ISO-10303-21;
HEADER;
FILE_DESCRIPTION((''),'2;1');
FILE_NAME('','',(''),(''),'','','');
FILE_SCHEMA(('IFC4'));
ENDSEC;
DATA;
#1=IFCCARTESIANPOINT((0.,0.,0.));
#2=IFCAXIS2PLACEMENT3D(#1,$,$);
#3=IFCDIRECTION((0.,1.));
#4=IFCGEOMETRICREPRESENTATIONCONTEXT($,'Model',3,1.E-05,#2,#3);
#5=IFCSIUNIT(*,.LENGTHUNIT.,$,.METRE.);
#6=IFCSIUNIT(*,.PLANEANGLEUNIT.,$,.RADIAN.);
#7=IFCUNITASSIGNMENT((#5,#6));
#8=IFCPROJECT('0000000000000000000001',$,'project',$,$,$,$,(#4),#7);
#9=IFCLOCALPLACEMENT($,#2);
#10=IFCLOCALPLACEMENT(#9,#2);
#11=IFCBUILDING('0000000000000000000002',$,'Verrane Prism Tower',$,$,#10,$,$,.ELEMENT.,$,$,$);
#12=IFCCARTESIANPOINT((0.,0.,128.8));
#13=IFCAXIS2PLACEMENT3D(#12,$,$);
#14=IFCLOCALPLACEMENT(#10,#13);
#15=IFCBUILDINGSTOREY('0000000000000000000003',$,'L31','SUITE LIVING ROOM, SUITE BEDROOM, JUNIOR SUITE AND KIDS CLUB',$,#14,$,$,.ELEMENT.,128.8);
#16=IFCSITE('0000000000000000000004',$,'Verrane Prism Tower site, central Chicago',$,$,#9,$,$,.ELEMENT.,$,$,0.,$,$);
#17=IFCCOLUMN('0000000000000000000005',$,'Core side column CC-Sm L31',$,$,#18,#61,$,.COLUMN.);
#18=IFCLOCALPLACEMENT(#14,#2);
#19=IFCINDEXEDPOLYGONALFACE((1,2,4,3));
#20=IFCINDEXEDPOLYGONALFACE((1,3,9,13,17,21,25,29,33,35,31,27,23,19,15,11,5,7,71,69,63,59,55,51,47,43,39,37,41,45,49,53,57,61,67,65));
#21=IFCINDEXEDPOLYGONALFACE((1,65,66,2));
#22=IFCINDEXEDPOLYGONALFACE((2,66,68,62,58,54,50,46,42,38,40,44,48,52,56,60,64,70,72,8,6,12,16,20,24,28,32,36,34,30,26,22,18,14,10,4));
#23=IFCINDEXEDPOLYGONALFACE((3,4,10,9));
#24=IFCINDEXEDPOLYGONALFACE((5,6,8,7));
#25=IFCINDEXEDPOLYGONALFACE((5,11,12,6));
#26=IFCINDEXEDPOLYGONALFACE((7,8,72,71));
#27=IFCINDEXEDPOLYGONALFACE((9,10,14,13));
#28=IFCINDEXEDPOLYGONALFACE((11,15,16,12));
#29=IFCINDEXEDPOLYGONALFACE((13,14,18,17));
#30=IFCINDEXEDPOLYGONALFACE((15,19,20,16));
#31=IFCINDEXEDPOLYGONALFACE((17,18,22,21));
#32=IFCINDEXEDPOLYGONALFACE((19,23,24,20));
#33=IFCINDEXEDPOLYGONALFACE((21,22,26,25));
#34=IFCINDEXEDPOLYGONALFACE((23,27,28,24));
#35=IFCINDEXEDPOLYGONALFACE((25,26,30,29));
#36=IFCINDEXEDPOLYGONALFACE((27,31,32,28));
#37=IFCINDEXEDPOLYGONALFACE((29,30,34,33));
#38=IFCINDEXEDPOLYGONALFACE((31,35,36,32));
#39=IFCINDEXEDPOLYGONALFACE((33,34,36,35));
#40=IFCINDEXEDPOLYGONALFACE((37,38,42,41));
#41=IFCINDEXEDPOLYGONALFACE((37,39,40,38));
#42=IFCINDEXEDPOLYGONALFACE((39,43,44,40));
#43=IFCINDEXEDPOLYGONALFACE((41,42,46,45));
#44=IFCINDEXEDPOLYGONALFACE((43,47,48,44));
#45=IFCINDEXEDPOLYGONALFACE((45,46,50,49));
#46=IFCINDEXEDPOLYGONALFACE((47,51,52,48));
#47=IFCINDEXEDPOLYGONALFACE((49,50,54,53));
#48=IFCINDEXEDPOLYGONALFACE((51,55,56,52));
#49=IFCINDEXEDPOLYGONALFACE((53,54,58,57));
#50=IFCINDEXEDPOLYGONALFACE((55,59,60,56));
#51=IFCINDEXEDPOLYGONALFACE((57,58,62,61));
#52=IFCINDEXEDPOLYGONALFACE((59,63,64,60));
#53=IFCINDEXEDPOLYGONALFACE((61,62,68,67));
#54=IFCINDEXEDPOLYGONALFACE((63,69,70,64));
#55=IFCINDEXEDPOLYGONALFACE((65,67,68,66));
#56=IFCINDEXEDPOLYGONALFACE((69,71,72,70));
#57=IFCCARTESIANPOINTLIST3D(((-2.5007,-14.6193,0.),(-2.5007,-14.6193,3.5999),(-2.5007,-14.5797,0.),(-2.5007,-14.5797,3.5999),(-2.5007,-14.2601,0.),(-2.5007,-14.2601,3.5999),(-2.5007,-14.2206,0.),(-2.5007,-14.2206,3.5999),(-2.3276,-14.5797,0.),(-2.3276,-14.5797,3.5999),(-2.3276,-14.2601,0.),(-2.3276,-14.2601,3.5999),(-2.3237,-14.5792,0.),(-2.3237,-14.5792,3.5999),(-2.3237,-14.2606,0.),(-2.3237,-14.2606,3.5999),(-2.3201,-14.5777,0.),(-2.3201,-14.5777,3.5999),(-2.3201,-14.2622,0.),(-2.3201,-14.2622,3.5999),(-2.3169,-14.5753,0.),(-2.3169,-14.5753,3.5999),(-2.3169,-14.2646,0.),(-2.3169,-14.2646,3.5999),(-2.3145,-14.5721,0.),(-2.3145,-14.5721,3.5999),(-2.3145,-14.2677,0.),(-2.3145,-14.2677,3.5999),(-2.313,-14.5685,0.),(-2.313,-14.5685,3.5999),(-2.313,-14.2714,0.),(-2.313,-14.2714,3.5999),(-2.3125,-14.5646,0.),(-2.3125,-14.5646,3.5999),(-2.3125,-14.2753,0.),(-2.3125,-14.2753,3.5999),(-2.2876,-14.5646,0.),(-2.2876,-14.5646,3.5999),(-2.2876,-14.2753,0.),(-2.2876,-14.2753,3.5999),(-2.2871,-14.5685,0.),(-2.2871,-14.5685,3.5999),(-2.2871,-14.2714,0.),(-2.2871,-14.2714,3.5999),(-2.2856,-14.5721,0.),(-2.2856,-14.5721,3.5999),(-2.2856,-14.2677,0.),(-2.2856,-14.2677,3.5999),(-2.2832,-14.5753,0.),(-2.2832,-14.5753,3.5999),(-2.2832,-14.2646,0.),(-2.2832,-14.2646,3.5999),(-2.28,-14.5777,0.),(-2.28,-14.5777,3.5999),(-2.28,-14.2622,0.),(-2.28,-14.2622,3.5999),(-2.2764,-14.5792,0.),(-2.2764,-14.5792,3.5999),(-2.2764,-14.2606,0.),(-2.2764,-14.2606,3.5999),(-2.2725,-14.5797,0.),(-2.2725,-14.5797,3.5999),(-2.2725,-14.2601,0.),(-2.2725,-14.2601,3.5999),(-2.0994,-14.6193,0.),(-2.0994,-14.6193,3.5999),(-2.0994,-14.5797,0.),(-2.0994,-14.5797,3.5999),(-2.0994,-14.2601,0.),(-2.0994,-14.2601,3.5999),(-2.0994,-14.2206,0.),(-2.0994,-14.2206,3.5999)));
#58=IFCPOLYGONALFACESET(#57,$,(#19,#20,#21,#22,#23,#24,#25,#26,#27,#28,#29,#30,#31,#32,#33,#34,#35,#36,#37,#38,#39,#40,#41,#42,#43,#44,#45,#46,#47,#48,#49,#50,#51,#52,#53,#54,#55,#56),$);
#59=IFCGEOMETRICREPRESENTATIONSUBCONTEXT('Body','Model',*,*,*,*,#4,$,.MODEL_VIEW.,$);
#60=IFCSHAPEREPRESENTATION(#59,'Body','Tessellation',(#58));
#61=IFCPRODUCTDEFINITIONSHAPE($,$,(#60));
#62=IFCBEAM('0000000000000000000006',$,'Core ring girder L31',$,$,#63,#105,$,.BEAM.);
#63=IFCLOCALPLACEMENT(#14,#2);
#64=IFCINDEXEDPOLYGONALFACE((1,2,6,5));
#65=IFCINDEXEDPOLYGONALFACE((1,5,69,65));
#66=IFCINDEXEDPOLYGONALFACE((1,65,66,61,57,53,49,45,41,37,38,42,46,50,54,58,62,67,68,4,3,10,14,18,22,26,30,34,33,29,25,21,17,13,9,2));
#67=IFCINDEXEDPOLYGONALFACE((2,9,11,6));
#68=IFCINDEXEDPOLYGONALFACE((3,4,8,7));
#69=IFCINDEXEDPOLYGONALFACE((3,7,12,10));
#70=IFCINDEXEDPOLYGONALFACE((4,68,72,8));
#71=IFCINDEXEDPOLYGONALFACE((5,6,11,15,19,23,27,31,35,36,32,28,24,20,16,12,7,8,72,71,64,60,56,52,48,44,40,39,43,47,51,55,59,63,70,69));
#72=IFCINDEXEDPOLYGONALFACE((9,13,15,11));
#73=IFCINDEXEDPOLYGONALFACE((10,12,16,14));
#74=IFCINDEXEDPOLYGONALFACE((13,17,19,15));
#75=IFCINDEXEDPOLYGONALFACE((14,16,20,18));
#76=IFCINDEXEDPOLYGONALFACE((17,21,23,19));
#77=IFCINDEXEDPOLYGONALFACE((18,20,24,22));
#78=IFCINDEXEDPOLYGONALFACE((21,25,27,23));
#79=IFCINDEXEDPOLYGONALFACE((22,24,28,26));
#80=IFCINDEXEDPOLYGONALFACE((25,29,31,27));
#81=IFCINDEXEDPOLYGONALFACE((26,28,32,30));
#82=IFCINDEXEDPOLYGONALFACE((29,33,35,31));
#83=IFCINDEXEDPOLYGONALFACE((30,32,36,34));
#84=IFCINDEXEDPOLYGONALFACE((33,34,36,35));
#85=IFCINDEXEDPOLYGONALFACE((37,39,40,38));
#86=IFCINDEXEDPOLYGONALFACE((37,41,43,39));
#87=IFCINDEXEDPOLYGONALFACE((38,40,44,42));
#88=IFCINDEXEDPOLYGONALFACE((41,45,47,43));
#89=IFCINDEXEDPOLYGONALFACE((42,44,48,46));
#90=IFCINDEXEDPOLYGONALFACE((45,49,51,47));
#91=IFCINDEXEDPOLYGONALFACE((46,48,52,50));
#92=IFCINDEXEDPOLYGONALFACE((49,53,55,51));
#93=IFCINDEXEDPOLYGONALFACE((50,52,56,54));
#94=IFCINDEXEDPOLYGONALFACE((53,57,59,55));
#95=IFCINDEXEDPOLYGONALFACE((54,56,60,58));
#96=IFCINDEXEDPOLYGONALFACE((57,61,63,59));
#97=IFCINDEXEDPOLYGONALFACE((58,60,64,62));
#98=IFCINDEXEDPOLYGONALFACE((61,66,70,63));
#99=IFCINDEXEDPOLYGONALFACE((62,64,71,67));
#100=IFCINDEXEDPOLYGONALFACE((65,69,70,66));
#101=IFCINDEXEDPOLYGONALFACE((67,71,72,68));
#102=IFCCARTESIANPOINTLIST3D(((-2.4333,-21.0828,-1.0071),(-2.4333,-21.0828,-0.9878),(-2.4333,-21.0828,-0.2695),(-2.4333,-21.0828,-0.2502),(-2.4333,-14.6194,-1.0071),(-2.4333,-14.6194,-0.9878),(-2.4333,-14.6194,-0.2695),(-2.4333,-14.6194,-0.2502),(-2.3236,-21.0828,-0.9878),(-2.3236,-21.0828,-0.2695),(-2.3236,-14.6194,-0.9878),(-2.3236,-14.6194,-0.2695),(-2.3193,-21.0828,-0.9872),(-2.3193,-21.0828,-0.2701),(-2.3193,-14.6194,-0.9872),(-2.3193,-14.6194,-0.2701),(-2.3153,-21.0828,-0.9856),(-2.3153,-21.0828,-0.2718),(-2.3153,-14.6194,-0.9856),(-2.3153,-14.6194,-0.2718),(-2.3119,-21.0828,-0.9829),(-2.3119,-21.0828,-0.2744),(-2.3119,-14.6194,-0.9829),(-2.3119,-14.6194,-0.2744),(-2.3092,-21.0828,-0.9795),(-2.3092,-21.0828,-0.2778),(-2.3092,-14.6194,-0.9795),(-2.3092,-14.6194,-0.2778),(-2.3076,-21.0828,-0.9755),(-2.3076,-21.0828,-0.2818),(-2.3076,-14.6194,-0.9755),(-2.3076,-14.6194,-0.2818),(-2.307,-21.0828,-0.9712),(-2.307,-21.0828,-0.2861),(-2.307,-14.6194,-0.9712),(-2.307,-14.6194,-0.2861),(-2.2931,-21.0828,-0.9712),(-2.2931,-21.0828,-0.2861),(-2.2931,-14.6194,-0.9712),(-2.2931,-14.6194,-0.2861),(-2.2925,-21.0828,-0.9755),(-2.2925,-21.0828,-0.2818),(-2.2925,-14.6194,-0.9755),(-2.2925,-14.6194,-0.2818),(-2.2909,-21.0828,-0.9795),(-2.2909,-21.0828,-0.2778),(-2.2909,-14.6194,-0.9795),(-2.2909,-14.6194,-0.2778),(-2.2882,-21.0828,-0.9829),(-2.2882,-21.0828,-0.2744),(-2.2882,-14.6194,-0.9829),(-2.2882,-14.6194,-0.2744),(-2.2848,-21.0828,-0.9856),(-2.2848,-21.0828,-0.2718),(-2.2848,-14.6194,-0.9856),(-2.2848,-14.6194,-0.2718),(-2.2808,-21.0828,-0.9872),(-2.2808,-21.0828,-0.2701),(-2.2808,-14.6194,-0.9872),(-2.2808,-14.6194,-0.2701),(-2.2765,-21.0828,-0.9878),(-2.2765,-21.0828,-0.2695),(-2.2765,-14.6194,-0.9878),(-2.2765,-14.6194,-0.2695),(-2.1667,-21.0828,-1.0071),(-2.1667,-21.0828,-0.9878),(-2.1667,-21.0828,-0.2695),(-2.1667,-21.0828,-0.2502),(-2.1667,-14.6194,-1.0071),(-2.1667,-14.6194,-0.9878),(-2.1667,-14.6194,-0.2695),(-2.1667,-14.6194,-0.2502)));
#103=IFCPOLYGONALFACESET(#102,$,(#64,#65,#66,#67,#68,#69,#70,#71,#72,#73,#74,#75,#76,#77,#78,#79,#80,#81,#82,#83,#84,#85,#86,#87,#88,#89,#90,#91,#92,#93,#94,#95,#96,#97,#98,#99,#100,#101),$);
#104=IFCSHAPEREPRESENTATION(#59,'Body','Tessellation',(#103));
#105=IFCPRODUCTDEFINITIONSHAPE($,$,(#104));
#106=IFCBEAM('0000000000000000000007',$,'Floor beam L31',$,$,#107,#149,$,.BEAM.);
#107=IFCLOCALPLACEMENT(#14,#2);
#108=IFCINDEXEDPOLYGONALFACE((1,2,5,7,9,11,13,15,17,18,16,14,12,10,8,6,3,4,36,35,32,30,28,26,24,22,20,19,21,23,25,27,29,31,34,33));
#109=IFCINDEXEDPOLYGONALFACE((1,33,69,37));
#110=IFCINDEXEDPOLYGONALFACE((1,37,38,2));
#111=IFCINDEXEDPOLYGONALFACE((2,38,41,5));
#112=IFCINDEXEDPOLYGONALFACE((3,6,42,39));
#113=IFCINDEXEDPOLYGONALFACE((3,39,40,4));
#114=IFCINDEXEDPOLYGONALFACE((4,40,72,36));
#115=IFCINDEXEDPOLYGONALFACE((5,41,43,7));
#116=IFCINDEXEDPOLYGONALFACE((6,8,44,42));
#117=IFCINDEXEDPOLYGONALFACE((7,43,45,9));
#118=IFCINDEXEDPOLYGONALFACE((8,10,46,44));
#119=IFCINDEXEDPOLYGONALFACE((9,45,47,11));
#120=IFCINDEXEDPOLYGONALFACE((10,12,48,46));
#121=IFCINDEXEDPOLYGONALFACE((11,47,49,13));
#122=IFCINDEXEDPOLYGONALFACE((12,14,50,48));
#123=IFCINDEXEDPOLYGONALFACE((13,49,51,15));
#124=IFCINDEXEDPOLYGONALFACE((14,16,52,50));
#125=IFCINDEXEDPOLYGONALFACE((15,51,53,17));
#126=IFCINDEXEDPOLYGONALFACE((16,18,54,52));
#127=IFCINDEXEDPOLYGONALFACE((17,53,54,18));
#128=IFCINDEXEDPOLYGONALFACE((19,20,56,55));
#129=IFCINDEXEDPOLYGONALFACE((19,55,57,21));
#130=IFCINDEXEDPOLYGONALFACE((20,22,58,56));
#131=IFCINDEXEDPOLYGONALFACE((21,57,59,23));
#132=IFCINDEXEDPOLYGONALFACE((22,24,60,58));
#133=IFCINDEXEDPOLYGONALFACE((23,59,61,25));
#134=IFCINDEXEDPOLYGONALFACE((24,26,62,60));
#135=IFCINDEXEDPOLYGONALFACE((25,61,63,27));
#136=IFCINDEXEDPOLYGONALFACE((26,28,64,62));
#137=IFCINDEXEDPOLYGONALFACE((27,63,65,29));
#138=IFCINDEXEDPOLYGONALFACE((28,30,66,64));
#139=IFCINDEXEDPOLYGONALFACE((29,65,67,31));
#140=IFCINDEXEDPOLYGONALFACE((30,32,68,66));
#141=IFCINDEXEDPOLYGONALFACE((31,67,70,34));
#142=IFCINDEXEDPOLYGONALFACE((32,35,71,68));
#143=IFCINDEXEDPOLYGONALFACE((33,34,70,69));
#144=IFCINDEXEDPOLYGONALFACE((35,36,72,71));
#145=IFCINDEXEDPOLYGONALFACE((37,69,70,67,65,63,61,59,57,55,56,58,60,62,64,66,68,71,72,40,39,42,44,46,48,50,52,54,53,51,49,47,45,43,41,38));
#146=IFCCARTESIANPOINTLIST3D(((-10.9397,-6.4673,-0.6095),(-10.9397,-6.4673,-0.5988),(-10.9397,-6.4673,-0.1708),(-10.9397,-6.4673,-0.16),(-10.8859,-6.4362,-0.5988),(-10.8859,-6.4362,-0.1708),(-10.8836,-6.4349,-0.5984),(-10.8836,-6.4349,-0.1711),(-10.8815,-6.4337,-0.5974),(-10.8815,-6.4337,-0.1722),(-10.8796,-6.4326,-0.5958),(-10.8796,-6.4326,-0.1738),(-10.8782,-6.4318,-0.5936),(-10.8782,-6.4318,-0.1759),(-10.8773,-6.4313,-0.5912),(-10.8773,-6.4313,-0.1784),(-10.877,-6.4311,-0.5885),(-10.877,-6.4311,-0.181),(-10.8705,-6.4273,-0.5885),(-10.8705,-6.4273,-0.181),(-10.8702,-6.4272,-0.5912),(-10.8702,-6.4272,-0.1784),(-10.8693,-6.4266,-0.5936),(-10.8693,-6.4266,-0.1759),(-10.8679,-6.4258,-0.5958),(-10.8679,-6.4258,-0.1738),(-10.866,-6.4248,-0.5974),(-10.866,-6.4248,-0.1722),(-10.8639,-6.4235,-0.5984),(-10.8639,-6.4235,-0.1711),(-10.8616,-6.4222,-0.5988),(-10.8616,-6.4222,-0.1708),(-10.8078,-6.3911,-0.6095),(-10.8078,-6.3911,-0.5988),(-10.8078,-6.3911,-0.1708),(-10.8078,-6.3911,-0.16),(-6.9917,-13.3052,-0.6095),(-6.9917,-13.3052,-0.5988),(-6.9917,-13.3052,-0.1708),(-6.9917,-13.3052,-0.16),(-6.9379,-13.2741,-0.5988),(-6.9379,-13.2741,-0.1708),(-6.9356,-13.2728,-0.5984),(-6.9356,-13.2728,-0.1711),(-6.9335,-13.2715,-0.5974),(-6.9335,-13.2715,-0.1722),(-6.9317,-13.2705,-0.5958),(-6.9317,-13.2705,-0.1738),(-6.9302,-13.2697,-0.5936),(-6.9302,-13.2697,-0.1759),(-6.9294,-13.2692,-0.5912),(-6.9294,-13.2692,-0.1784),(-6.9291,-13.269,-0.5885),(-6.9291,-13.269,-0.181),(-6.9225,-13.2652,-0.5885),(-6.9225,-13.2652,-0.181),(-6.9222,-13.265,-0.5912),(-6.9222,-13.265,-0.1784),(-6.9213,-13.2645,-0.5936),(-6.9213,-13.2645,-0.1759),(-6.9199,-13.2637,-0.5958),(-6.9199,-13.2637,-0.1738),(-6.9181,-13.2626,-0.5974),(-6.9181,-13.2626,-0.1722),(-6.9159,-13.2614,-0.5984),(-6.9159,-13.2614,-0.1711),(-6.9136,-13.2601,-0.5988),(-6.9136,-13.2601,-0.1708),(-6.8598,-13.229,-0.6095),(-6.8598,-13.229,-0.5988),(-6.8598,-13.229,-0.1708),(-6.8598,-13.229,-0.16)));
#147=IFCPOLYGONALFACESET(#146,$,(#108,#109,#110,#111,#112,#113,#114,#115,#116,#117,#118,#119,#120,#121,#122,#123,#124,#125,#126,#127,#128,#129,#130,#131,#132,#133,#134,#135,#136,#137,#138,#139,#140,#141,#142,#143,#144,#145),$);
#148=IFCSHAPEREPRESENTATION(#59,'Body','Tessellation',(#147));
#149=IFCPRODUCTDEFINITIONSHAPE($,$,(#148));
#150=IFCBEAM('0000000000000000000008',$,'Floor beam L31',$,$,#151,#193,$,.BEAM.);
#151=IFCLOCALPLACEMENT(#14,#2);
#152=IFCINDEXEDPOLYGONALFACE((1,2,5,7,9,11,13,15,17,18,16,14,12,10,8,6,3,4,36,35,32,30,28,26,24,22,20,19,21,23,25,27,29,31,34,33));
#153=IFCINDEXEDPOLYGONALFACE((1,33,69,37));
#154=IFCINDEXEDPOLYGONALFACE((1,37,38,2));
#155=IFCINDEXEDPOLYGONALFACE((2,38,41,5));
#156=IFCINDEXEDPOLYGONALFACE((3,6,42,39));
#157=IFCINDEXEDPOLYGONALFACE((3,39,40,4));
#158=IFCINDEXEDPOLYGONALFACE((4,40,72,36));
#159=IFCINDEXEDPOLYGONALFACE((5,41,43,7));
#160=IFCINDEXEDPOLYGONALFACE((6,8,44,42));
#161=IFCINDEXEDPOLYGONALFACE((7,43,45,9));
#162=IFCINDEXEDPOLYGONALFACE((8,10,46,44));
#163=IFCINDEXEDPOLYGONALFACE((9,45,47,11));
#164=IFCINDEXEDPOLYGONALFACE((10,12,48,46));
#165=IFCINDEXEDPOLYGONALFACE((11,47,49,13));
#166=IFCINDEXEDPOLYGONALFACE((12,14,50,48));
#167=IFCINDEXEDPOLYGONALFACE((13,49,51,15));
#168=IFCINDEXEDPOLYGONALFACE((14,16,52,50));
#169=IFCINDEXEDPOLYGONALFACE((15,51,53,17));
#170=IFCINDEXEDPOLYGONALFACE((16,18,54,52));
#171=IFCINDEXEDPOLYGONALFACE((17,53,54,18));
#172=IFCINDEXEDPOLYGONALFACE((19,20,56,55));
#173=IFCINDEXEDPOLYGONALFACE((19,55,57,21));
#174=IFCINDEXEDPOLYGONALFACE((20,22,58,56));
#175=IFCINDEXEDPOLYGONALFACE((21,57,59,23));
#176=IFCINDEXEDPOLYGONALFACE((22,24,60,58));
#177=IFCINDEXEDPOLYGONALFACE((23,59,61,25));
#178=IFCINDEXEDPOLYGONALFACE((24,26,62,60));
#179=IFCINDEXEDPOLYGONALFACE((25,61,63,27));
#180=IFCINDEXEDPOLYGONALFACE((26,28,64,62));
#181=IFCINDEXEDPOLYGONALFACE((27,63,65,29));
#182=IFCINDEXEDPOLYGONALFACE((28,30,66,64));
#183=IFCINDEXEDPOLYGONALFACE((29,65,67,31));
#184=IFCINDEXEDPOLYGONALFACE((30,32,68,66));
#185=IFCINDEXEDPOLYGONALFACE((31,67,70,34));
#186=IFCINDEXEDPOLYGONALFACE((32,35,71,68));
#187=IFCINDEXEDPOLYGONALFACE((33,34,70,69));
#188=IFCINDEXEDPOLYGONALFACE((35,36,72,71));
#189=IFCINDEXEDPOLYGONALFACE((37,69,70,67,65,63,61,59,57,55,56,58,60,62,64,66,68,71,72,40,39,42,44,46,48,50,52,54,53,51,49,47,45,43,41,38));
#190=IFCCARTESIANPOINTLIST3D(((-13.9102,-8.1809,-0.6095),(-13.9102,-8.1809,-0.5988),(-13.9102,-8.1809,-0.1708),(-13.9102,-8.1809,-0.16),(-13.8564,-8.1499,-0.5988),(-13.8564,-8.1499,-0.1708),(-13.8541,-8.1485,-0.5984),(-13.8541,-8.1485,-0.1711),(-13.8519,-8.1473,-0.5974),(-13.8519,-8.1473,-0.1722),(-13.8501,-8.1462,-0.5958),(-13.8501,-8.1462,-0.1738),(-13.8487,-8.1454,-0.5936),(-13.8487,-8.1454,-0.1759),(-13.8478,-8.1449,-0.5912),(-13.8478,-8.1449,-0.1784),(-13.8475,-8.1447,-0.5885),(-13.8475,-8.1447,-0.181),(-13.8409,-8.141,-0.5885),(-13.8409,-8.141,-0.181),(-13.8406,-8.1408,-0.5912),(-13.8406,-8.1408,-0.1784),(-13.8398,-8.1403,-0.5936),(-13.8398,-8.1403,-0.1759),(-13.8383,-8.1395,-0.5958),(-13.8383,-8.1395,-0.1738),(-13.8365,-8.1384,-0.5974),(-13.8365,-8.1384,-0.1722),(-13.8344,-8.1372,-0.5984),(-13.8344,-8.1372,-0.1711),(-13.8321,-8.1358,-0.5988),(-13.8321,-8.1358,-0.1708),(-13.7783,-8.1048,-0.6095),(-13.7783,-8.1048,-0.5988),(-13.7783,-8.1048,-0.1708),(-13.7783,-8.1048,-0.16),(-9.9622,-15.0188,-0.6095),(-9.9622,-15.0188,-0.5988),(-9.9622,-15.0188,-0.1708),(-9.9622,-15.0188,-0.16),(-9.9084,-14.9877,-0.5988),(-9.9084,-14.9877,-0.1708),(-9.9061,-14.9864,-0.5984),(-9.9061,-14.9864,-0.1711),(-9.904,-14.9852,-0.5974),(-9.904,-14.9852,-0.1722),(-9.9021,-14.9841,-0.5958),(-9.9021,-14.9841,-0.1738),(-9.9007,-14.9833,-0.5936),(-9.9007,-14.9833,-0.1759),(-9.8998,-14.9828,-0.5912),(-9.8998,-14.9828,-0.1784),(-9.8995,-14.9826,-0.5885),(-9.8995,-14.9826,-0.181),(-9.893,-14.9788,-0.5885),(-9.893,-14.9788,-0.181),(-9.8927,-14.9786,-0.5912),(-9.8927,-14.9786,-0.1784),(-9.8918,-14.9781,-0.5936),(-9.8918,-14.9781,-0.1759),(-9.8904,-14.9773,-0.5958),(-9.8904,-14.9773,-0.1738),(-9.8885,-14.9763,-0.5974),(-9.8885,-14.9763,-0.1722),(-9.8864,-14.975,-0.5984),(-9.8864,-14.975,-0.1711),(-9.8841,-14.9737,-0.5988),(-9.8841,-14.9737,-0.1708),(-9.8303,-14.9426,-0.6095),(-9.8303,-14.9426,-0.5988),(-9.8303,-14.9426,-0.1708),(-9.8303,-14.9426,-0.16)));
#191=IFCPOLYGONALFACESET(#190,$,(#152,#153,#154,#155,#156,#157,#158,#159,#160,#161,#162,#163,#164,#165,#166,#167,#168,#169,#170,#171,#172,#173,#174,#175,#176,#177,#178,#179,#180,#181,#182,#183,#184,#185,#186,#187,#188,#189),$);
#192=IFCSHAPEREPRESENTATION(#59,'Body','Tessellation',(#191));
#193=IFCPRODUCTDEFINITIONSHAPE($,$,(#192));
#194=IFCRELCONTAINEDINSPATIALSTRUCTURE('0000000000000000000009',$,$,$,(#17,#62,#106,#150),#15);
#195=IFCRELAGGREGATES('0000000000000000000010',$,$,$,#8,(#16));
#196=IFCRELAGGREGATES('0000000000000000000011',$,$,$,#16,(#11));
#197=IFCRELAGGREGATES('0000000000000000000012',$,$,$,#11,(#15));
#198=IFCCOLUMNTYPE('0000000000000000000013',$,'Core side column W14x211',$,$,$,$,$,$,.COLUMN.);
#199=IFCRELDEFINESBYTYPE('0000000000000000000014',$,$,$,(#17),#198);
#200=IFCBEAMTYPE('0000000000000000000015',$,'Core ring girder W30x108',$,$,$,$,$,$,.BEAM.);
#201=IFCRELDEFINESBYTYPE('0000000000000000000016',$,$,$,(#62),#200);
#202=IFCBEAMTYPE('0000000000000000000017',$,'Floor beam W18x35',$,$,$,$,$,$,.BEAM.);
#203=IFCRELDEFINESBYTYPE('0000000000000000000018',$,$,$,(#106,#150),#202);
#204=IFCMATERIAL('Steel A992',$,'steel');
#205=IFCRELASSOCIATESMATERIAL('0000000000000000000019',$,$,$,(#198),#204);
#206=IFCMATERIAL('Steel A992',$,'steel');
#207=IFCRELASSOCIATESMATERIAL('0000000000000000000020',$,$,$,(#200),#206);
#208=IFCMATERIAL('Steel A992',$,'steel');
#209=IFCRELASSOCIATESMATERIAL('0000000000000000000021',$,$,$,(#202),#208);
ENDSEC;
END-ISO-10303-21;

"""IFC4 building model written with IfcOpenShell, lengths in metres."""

from ifc_helpers import new_model, si_unit, direction, frame, origin, origin_2d, place, context, subcontext, project, spatial, i_section, extrude, material, material_profile, profile_set, type_object, element, save


model = new_model("IFC4")

# Units and contexts
model_context = context("Model", 3, precision=1e-05, world=origin(), true_north=direction((0.0, 1.0)))
body_context = subcontext(model_context, "Body", "Model", "MODEL_VIEW")
ifc_project = project(units=[si_unit("LENGTHUNIT", "METRE"), si_unit("PLANEANGLEUNIT", "RADIAN")], contexts=[model_context])

# Site, building, storey
site_placement = place(None, origin())
site = spatial("IfcSite", under=ifc_project, at=site_placement, Name="Verrane Prism Tower site, central Chicago", CompositionType="ELEMENT", RefElevation=0.0)
building_placement = place(site_placement, origin())
building = spatial("IfcBuilding", under=site, at=building_placement, Name="Verrane Prism Tower", CompositionType="ELEMENT")
storey_placement = place(building_placement, frame((0.0, 0.0, 128.8)))
storey = spatial("IfcBuildingStorey", under=building, at=storey_placement, Name="L31", Description="SUITE LIVING ROOM, SUITE BEDROOM, JUNIOR SUITE AND KIDS CLUB", CompositionType="ELEMENT", Elevation=128.8)

# Column
ifc_material_1 = material(Name="Steel A992", Category="steel")
ifc_material_profile_1 = material_profile(ifc_material_1, i_section(OverallWidth=0.4014, OverallDepth=0.3987, WebThickness=0.0249, FlangeThickness=0.0396, FilletRadius=0.0151, at=origin_2d()), Name="W14x211")
ifc_profile_set_1 = profile_set([ifc_material_profile_1], Name="Steel A992")
column_type = type_object("IfcColumnType", Name="Core side column W14x211", PredefinedType="COLUMN", material=ifc_profile_set_1)
column_placement = place(storey_placement, frame((-2.3, -14.4199, 0.0), z_axis=(0.0, 0.0, 1.0), x_axis=(1.0, 0.0, 0.0)))
element("IfcColumn", 1, at=column_placement, inside=storey, type_object=column_type, Name="Core side column CC-Sm L31", PredefinedType="COLUMN", context=body_context, shape_type="SweptSolid", body=[
    extrude(i_section(OverallWidth=0.4014, OverallDepth=0.3987, WebThickness=0.0249, FlangeThickness=0.0396, FilletRadius=0.0151, at=origin_2d()), origin(), (0.0, 0.0, 1.0), 3.5999),
])

# Beams
ifc_material_2 = material(Name="Steel A992", Category="steel")
ifc_material_profile_2 = material_profile(ifc_material_2, i_section(OverallWidth=0.2666, OverallDepth=0.7568, WebThickness=0.0139, FlangeThickness=0.0193, FilletRadius=0.0166, at=origin_2d()), Name="W30x108")
ifc_profile_set_2 = profile_set([ifc_material_profile_2], Name="Steel A992")
beam_type_1 = type_object("IfcBeamType", Name="Core ring girder W30x108", PredefinedType="BEAM", material=ifc_profile_set_2)
beam_1_placement = place(storey_placement, frame((-2.3, -14.6194, -0.6287), z_axis=(0.0, -1.0, 0.0), x_axis=(1.0, 0.0, 0.0)))
element("IfcBeam", 2, at=beam_1_placement, inside=storey, type_object=beam_type_1, Name="Core ring girder L31", PredefinedType="BEAM", context=body_context, shape_type="SweptSolid", body=[
    extrude(i_section(OverallWidth=0.2666, OverallDepth=0.7568, WebThickness=0.0139, FlangeThickness=0.0193, FilletRadius=0.0166, at=origin_2d()), origin(), (0.0, 0.0, 1.0), 6.4634),
])
ifc_material_3 = material(Name="Steel A992", Category="steel")
ifc_material_profile_3 = material_profile(ifc_material_3, i_section(OverallWidth=0.1523, OverallDepth=0.4495, WebThickness=0.0076, FlangeThickness=0.0107, FilletRadius=0.0103, at=origin_2d()), Name="W18x35")
ifc_profile_set_3 = profile_set([ifc_material_profile_3], Name="Steel A992")
beam_type_2 = type_object("IfcBeamType", Name="Floor beam W18x35", PredefinedType="BEAM", material=ifc_profile_set_3)
for number, where, z_axis, x_axis, name in (
    (3, (-6.9258, -13.2671, -0.3848), (-0.500013, 0.866018, 0.0), (-0.866018, -0.500013, 0.0), "Floor beam L31"),
    (4, (-9.8962, -14.9807, -0.3848), (-0.500013, 0.866018, 0.0), (-0.866018, -0.500013, 0.0), "Floor beam L31"),
):
    element("IfcBeam", number, at=place(storey_placement, frame(where, z_axis=z_axis, x_axis=x_axis)), inside=storey, type_object=beam_type_2, Name=name, PredefinedType="BEAM", context=body_context, shape_type="SweptSolid", body=[
        extrude(i_section(OverallWidth=0.1523, OverallDepth=0.4495, WebThickness=0.0076, FlangeThickness=0.0107, FilletRadius=0.0103, at=origin_2d()), origin(), (0.0, 0.0, 1.0), 7.8958),
    ])

save(model, "model.ifc")
